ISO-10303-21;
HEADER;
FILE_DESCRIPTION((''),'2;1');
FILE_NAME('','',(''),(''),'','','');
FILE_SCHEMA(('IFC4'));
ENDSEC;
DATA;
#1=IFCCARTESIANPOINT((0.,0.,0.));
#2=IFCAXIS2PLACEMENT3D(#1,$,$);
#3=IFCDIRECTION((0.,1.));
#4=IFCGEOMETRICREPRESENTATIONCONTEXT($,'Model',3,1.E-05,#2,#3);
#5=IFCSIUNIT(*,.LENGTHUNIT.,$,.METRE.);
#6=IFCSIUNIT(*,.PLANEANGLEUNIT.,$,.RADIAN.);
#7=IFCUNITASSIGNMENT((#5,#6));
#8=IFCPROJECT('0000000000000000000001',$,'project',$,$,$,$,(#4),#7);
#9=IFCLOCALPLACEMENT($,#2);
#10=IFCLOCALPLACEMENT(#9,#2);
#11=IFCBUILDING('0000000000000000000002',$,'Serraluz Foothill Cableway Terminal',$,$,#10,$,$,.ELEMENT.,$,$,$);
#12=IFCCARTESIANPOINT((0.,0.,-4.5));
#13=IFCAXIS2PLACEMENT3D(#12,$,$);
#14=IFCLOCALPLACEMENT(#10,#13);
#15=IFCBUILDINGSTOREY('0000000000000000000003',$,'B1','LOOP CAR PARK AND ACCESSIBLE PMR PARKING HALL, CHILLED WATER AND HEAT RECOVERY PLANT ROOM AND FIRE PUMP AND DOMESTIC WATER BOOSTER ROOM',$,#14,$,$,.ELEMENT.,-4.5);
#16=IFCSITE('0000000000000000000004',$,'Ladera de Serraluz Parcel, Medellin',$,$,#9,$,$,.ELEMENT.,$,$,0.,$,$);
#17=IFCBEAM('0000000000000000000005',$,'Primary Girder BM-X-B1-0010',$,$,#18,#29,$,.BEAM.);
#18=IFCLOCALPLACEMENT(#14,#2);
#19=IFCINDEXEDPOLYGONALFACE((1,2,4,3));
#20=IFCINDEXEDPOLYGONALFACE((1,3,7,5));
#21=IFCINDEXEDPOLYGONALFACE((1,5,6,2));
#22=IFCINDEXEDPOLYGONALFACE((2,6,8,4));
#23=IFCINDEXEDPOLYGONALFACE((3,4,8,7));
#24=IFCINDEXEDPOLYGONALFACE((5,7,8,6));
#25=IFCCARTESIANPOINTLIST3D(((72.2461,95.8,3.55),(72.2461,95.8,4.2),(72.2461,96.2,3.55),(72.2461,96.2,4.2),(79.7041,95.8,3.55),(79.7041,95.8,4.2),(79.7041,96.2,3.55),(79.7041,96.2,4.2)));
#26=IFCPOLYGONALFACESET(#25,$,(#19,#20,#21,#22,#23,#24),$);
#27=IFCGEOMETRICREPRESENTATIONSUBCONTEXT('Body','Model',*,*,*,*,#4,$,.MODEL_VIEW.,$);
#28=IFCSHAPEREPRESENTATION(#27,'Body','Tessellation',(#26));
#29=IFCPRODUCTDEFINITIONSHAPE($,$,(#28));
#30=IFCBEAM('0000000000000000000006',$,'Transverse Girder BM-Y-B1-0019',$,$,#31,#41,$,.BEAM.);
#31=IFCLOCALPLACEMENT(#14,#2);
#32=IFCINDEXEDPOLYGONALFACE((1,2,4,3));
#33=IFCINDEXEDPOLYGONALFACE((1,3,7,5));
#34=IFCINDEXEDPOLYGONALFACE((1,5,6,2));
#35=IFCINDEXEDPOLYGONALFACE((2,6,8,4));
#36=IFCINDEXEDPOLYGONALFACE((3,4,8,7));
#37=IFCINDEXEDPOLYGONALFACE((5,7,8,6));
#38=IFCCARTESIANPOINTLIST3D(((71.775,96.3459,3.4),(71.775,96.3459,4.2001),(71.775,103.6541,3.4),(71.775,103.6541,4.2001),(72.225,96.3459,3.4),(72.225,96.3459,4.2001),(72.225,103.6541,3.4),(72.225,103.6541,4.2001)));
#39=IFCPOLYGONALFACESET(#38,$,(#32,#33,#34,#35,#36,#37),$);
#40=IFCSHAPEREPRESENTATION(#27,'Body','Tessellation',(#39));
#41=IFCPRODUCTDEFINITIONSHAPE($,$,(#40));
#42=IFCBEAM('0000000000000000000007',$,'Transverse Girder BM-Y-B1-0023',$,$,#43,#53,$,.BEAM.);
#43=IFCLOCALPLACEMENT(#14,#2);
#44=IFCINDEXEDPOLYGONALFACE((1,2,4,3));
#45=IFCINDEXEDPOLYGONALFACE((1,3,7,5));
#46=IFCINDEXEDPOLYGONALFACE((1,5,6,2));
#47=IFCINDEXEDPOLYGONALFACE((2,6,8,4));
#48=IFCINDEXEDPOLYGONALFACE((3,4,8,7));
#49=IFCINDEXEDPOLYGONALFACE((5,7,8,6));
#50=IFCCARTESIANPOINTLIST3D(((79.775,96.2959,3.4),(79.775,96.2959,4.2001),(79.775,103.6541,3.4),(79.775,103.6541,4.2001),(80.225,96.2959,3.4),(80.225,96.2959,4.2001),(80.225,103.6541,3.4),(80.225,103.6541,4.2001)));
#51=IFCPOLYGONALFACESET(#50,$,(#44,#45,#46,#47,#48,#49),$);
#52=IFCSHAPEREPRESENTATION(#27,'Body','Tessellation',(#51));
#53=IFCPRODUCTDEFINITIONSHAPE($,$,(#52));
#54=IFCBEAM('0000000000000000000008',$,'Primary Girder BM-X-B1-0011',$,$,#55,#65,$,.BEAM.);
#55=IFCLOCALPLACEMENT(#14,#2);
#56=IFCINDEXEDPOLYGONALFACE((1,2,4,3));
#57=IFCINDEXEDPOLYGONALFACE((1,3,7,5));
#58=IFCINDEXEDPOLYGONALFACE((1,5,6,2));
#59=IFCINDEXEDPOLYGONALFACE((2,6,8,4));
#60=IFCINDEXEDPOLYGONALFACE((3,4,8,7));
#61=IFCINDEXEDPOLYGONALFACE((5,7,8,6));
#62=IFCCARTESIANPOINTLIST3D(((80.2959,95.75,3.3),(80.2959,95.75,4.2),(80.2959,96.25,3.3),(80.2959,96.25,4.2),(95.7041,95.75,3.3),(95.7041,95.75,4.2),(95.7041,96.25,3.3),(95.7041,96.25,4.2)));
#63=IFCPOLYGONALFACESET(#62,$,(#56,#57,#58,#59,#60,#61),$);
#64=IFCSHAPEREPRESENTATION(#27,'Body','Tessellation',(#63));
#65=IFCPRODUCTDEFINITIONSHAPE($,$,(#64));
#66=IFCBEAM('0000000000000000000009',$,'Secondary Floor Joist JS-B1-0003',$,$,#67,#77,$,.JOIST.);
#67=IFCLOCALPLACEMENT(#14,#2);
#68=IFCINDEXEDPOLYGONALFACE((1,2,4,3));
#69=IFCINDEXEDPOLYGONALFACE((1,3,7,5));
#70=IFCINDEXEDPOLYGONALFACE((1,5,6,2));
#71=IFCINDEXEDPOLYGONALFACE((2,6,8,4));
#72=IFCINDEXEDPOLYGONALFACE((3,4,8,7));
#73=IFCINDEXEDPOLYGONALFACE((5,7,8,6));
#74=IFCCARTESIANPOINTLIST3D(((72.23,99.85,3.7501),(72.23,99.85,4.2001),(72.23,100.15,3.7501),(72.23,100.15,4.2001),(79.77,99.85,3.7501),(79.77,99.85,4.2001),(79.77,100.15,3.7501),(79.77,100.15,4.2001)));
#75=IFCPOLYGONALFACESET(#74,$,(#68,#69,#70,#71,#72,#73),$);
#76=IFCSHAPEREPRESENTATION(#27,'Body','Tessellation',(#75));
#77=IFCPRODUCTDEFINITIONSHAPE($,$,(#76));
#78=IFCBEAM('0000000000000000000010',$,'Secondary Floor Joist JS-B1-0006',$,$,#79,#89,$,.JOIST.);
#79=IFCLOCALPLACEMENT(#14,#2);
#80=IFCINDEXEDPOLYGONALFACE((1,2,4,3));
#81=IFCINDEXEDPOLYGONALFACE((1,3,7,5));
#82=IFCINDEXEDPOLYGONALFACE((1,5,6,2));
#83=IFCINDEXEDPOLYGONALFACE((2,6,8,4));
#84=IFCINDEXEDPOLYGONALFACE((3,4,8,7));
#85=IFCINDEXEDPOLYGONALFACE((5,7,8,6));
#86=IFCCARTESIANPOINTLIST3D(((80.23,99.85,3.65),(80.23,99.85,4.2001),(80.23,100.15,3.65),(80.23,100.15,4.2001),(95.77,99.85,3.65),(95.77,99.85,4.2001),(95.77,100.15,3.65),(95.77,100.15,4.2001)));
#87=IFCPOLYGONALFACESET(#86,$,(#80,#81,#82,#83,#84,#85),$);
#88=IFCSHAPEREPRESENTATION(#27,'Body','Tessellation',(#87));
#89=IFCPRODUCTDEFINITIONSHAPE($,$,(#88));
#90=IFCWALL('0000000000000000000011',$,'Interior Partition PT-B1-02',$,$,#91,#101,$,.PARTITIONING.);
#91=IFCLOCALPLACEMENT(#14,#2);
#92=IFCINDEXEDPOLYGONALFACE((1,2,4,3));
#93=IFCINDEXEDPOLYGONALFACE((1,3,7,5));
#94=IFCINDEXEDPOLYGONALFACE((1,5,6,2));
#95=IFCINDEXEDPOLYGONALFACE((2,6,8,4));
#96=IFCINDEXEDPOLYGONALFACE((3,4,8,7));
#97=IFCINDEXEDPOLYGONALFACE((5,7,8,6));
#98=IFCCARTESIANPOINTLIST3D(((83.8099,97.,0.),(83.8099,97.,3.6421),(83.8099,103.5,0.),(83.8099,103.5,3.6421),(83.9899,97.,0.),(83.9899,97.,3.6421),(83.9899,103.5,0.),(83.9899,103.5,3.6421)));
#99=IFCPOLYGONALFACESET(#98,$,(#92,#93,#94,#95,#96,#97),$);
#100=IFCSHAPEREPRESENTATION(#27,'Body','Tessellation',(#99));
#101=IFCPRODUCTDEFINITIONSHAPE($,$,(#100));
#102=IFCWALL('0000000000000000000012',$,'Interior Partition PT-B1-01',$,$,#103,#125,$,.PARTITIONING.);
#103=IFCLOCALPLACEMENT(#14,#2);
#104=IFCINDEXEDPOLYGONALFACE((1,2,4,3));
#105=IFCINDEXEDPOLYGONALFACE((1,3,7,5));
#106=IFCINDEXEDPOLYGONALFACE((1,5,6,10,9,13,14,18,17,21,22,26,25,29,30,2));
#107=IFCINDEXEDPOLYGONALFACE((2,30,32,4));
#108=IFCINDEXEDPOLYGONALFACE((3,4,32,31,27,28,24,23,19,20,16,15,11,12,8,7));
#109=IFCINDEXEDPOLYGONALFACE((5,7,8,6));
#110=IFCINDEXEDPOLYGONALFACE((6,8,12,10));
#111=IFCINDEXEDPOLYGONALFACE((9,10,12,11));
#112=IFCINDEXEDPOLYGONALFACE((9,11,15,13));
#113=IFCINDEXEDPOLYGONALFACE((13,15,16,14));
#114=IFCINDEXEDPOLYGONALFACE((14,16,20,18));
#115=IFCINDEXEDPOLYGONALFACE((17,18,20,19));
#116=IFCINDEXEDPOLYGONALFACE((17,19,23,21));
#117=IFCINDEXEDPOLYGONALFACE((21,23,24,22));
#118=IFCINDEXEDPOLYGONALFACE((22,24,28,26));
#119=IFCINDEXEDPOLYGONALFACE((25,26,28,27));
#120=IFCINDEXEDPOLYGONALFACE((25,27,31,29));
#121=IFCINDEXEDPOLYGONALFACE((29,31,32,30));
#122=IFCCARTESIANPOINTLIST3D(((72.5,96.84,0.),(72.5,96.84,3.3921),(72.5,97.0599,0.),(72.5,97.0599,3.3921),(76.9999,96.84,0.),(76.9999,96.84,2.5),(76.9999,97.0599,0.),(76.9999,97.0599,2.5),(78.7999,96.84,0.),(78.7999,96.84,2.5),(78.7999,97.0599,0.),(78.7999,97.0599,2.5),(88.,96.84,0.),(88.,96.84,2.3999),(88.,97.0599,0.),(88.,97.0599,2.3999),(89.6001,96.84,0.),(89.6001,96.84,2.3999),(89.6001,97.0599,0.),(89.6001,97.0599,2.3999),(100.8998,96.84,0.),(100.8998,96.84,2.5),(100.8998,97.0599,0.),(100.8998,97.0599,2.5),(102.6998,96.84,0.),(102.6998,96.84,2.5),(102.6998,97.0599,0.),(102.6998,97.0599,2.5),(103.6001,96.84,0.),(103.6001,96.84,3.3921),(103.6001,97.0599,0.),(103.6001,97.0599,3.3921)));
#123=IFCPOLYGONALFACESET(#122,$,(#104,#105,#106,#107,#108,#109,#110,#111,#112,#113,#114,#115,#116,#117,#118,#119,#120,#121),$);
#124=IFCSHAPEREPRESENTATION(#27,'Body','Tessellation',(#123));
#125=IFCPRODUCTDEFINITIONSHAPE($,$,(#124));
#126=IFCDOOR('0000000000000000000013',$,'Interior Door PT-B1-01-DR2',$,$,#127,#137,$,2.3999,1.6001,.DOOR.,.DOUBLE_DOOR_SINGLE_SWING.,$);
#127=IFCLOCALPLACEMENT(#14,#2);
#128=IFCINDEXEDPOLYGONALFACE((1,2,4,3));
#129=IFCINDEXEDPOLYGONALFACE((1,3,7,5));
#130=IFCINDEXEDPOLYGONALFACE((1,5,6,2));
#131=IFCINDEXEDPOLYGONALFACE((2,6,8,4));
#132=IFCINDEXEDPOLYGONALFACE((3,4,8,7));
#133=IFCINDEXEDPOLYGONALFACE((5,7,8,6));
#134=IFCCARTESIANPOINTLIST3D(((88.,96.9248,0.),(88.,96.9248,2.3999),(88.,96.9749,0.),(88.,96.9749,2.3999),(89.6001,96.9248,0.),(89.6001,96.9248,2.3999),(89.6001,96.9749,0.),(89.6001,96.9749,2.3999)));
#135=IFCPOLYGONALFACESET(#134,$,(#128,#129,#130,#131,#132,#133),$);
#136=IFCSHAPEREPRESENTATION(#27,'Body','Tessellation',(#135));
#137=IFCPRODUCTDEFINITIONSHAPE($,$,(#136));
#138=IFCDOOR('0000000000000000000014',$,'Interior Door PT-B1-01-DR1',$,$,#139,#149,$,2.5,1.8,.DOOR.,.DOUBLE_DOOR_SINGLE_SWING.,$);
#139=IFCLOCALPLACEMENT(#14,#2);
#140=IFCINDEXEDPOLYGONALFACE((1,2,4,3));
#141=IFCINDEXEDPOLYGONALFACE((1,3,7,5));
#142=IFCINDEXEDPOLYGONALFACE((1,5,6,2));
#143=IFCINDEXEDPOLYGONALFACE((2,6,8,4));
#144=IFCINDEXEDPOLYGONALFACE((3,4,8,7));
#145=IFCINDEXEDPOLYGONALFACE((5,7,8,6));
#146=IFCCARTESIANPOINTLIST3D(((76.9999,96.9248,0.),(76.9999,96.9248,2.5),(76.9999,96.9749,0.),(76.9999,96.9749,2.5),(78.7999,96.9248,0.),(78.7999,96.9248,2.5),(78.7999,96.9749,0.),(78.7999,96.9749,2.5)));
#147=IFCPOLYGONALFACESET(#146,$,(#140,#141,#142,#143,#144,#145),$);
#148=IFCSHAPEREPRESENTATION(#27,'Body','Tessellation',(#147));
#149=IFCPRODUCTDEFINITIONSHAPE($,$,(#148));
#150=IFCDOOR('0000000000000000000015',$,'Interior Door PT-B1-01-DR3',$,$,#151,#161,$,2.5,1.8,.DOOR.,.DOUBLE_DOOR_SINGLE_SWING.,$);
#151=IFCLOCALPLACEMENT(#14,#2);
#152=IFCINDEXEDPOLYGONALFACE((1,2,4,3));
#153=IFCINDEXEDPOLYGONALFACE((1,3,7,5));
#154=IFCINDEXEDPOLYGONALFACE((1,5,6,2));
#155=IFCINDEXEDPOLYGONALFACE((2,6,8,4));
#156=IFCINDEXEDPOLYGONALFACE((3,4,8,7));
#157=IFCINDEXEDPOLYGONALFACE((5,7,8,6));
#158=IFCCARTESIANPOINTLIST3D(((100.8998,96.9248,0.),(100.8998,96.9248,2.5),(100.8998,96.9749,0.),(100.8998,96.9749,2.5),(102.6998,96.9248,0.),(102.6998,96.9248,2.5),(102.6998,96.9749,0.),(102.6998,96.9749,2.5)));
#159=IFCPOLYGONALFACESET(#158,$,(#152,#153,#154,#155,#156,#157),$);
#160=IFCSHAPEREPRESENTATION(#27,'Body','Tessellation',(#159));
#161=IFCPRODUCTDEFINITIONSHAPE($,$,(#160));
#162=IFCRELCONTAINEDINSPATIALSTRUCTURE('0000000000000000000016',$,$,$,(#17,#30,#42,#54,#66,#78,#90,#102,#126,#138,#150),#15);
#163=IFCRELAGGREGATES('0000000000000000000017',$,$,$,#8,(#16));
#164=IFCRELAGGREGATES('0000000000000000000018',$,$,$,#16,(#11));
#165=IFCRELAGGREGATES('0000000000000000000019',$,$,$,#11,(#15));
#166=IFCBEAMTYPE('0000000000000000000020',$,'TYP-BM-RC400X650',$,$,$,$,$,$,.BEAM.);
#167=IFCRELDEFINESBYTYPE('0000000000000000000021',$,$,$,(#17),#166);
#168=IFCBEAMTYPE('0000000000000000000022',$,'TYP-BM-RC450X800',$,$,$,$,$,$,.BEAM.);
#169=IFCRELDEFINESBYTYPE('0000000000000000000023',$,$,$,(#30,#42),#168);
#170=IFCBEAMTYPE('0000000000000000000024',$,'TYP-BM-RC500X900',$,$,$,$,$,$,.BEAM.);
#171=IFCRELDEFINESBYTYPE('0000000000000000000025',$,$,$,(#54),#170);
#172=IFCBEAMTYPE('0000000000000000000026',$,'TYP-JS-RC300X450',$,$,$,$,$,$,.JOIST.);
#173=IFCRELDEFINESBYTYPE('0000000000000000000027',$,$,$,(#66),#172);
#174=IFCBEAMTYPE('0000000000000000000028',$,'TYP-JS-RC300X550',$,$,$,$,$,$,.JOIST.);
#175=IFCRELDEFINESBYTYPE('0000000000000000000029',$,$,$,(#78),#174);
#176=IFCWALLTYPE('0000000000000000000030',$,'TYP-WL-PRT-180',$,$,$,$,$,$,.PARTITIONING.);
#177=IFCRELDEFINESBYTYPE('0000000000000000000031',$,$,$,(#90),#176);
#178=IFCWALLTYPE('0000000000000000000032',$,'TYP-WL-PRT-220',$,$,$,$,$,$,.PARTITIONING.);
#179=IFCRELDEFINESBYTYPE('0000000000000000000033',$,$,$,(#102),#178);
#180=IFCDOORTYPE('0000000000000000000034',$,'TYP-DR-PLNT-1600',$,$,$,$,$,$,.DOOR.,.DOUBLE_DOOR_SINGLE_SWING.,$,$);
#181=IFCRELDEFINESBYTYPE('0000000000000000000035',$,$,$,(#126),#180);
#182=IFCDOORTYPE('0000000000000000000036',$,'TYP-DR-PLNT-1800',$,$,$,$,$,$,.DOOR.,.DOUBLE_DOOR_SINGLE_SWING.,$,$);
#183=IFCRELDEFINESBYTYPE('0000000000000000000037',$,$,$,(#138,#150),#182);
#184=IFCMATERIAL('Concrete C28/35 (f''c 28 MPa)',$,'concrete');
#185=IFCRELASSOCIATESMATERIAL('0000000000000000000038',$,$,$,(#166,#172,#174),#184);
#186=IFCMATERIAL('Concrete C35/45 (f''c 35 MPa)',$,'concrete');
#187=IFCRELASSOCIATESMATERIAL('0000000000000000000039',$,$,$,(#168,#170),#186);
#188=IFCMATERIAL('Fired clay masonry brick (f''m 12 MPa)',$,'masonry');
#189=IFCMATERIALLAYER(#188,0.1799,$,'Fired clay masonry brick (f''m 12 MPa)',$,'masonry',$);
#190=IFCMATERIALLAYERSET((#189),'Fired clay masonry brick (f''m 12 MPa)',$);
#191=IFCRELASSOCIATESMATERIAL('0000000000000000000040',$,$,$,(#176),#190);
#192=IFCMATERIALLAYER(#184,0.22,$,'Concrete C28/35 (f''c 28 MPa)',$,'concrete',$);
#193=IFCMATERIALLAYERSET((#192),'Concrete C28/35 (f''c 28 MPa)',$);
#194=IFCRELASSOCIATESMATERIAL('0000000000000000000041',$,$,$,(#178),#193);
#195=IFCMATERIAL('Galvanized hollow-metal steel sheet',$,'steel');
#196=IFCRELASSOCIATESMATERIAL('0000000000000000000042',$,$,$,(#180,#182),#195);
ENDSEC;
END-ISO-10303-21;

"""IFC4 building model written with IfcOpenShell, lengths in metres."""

from ifc_helpers import new_model, si_unit, direction, frame, frame_2d, origin, origin_2d, place, context, subcontext, project, spatial, rectangle, extrude, material, layer, layer_set, material_profile, profile_set, type_object, element, fill, save


model = new_model("IFC4")

# Units and contexts
model_context = context("Model", 3, precision=1e-05, world=origin(), true_north=direction((0.0, 1.0)))
body_context = subcontext(model_context, "Body", "Model", "MODEL_VIEW")
ifc_project = project(units=[si_unit("LENGTHUNIT", "METRE"), si_unit("PLANEANGLEUNIT", "RADIAN")], contexts=[model_context])

# Site, building, storey
site_placement = place(None, origin())
site = spatial("IfcSite", under=ifc_project, at=site_placement, Name="Ladera de Serraluz Parcel, Medellin", CompositionType="ELEMENT", RefElevation=0.0)
building_placement = place(site_placement, origin())
building = spatial("IfcBuilding", under=site, at=building_placement, Name="Serraluz Foothill Cableway Terminal", CompositionType="ELEMENT")
storey_placement = place(building_placement, frame((0.0, 0.0, -4.5)))
storey = spatial("IfcBuildingStorey", under=building, at=storey_placement, Name="B1", Description="LOOP CAR PARK AND ACCESSIBLE PMR PARKING HALL, CHILLED WATER AND HEAT RECOVERY PLANT ROOM AND FIRE PUMP AND DOMESTIC WATER BOOSTER ROOM", CompositionType="ELEMENT", Elevation=-4.5)

# Shared definitions
ifc_material_1 = material(Name="Concrete C35/45 (f'c 35 MPa)", Category="concrete")

# Shared definitions
ifc_material_2 = material(Name="Concrete C28/35 (f'c 28 MPa)", Category="concrete")

# Beams
ifc_material_profile_1 = material_profile(ifc_material_2, rectangle(XDim=0.3999, YDim=0.6499, at=origin_2d()), Name="RC 400x650")
ifc_profile_set_1 = profile_set([ifc_material_profile_1], Name="Concrete C28/35 (f'c 28 MPa)")
beam_type_1 = type_object("IfcBeamType", Name="TYP-BM-RC400X650", PredefinedType="BEAM", material=ifc_profile_set_1)
beam_1_placement = place(storey_placement, frame((72.2461, 96.0, 3.875), z_axis=(1.0, 0.0, 0.0), x_axis=(0.0, 1.0, 0.0)))
element("IfcBeam", 1, at=beam_1_placement, inside=storey, type_object=beam_type_1, Name="Primary Girder BM-X-B1-0010", PredefinedType="BEAM", context=body_context, shape_type="SweptSolid", body=[
    extrude(rectangle(XDim=0.3999, YDim=0.6499, at=origin_2d()), origin(), (0.0, 0.0, 1.0), 7.458),
])
ifc_material_profile_2 = material_profile(ifc_material_1, rectangle(XDim=0.45, YDim=0.8, at=origin_2d()), Name="RC 450x800")
ifc_profile_set_2 = profile_set([ifc_material_profile_2], Name="Concrete C35/45 (f'c 35 MPa)")
beam_type_2 = type_object("IfcBeamType", Name="TYP-BM-RC450X800", PredefinedType="BEAM", material=ifc_profile_set_2)
beam_2_placement = place(storey_placement, frame((72.0, 96.3459, 3.8), z_axis=(0.0, 1.0, 0.0), x_axis=(-1.0, 0.0, 0.0)))
element("IfcBeam", 2, at=beam_2_placement, inside=storey, type_object=beam_type_2, Name="Transverse Girder BM-Y-B1-0019", PredefinedType="BEAM", context=body_context, shape_type="SweptSolid", body=[
    extrude(rectangle(XDim=0.45, YDim=0.8, at=origin_2d()), origin(), (0.0, 0.0, 1.0), 7.3081),
])
beam_3_placement = place(storey_placement, frame((80.0, 96.2959, 3.8), z_axis=(0.0, 1.0, 0.0), x_axis=(-1.0, 0.0, 0.0)))
element("IfcBeam", 3, at=beam_3_placement, inside=storey, type_object=beam_type_2, Name="Transverse Girder BM-Y-B1-0023", PredefinedType="BEAM", context=body_context, shape_type="SweptSolid", body=[
    extrude(rectangle(XDim=0.45, YDim=0.8, at=origin_2d()), origin(), (0.0, 0.0, 1.0), 7.3582),
])
ifc_material_profile_3 = material_profile(ifc_material_1, rectangle(XDim=0.5, YDim=0.8999, at=origin_2d()), Name="RC 500x900")
ifc_profile_set_3 = profile_set([ifc_material_profile_3], Name="Concrete C35/45 (f'c 35 MPa)")
beam_type_3 = type_object("IfcBeamType", Name="TYP-BM-RC500X900", PredefinedType="BEAM", material=ifc_profile_set_3)
beam_4_placement = place(storey_placement, frame((80.2959, 96.0, 3.75), z_axis=(1.0, 0.0, 0.0), x_axis=(0.0, 1.0, 0.0)))
element("IfcBeam", 4, at=beam_4_placement, inside=storey, type_object=beam_type_3, Name="Primary Girder BM-X-B1-0011", PredefinedType="BEAM", context=body_context, shape_type="SweptSolid", body=[
    extrude(rectangle(XDim=0.5, YDim=0.8999, at=origin_2d()), origin(), (0.0, 0.0, 1.0), 15.4082),
])
ifc_material_profile_4 = material_profile(ifc_material_2, rectangle(XDim=0.3, YDim=0.45, at=origin_2d()), Name="RC 300x450")
ifc_profile_set_4 = profile_set([ifc_material_profile_4], Name="Concrete C28/35 (f'c 28 MPa)")
beam_type_4 = type_object("IfcBeamType", Name="TYP-JS-RC300X450", PredefinedType="JOIST", material=ifc_profile_set_4)
beam_5_placement = place(storey_placement, frame((72.23, 100.0, 3.9751), z_axis=(1.0, 0.0, 0.0), x_axis=(0.0, 1.0, 0.0)))
element("IfcBeam", 5, at=beam_5_placement, inside=storey, type_object=beam_type_4, Name="Secondary Floor Joist JS-B1-0003", PredefinedType="JOIST", context=body_context, shape_type="SweptSolid", body=[
    extrude(rectangle(XDim=0.3, YDim=0.45, at=origin_2d()), origin(), (0.0, 0.0, 1.0), 7.54),
])
ifc_material_profile_5 = material_profile(ifc_material_2, rectangle(XDim=0.3, YDim=0.55, at=origin_2d()), Name="RC 300x550")
ifc_profile_set_5 = profile_set([ifc_material_profile_5], Name="Concrete C28/35 (f'c 28 MPa)")
beam_type_5 = type_object("IfcBeamType", Name="TYP-JS-RC300X550", PredefinedType="JOIST", material=ifc_profile_set_5)
beam_6_placement = place(storey_placement, frame((80.23, 100.0, 3.925), z_axis=(1.0, 0.0, 0.0), x_axis=(0.0, 1.0, 0.0)))
element("IfcBeam", 6, at=beam_6_placement, inside=storey, type_object=beam_type_5, Name="Secondary Floor Joist JS-B1-0006", PredefinedType="JOIST", context=body_context, shape_type="SweptSolid", body=[
    extrude(rectangle(XDim=0.3, YDim=0.55, at=origin_2d()), origin(), (0.0, 0.0, 1.0), 15.54),
])

# Wall
ifc_material_3 = material(Name="Fired clay masonry brick (f'm 12 MPa)", Category="masonry")
ifc_layer_1 = layer(ifc_material_3, 0.1799, Name="Fired clay masonry brick (f'm 12 MPa)", Category="masonry")
ifc_layer_set_1 = layer_set([ifc_layer_1], Name="Fired clay masonry brick (f'm 12 MPa)")
wall_type_1 = type_object("IfcWallType", Name="TYP-WL-PRT-180", PredefinedType="PARTITIONING", material=ifc_layer_set_1)
wall_1_placement = place(storey_placement, frame((83.8999, 97.0, 0.0), z_axis=(0.0, 0.0, 1.0), x_axis=(0.0, 1.0, 0.0)))
element("IfcWall", 7, at=wall_1_placement, inside=storey, type_object=wall_type_1, Name="Interior Partition PT-B1-02", PredefinedType="PARTITIONING", context=body_context, shape_type="SweptSolid", body=[
    extrude(rectangle(XDim=6.5, YDim=0.1799, at=frame_2d((3.25, 0.0))), origin(), (0.0, 0.0, 1.0), 3.6421),
])

# Wall, openings, doors
ifc_layer_2 = layer(ifc_material_2, 0.22, Name="Concrete C28/35 (f'c 28 MPa)", Category="concrete")
ifc_layer_set_2 = layer_set([ifc_layer_2], Name="Concrete C28/35 (f'c 28 MPa)")
wall_type_2 = type_object("IfcWallType", Name="TYP-WL-PRT-220", PredefinedType="PARTITIONING", material=ifc_layer_set_2)
wall_2_placement = place(storey_placement, frame((72.5, 96.95, 0.0), z_axis=(0.0, 0.0, 1.0), x_axis=(1.0, 0.0, 0.0)))
wall_2 = element("IfcWall", 8, at=wall_2_placement, inside=storey, type_object=wall_type_2, Name="Interior Partition PT-B1-01", PredefinedType="PARTITIONING", context=body_context, shape_type="SweptSolid", body=[
    extrude(rectangle(XDim=31.1001, YDim=0.22, at=frame_2d((15.55, 0.0))), origin(), (0.0, 0.0, 1.0), 3.3921),
])
opening_1_placement = place(wall_2_placement, frame((4.5, 0.0, 0.0)))
opening_1 = element("IfcOpeningElement", 9, at=opening_1_placement, cuts=wall_2, PredefinedType="OPENING", context=body_context, shape_type="SweptSolid", body=[
    extrude(rectangle(XDim=1.8, YDim=2.5, at=frame_2d((0.8999, 1.25))), frame((0.0, 0.1201, 0.0), z_axis=(0.0, -1.0, 0.0), x_axis=(1.0, 0.0, 0.0)), (0.0, 0.0, 1.0), 0.24),
])
opening_2_placement = place(wall_2_placement, frame((15.5, 0.0, 0.0)))
opening_2 = element("IfcOpeningElement", 10, at=opening_2_placement, cuts=wall_2, PredefinedType="OPENING", context=body_context, shape_type="SweptSolid", body=[
    extrude(rectangle(XDim=1.6001, YDim=2.3999, at=frame_2d((0.8, 1.2))), frame((0.0, 0.1201, 0.0), z_axis=(0.0, -1.0, 0.0), x_axis=(1.0, 0.0, 0.0)), (0.0, 0.0, 1.0), 0.24),
])
opening_3_placement = place(wall_2_placement, frame((28.3999, 0.0, 0.0)))
opening_3 = element("IfcOpeningElement", 11, at=opening_3_placement, cuts=wall_2, PredefinedType="OPENING", context=body_context, shape_type="SweptSolid", body=[
    extrude(rectangle(XDim=1.8, YDim=2.5, at=frame_2d((0.8999, 1.25))), frame((0.0, 0.1201, 0.0), z_axis=(0.0, -1.0, 0.0), x_axis=(1.0, 0.0, 0.0)), (0.0, 0.0, 1.0), 0.24),
])
ifc_material_4 = material(Name="Galvanized hollow-metal steel sheet", Category="steel")
door_type_1 = type_object("IfcDoorType", Name="TYP-DR-PLNT-1600", OperationType="DOUBLE_DOOR_SINGLE_SWING", PredefinedType="DOOR", material=ifc_material_4)
door_1_placement = place(opening_2_placement, origin())
door_1 = element("IfcDoor", 12, at=door_1_placement, inside=storey, type_object=door_type_1, Name="Interior Door PT-B1-01-DR2", OperationType="DOUBLE_DOOR_SINGLE_SWING", OverallHeight=2.3999, OverallWidth=1.6001, PredefinedType="DOOR", context=body_context, shape_type="SweptSolid", body=[
    extrude(rectangle(XDim=1.6001, YDim=2.3999, at=frame_2d((0.8, 1.2))), frame((0.0, 0.0249, 0.0), z_axis=(0.0, -1.0, 0.0), x_axis=(1.0, 0.0, 0.0)), (0.0, 0.0, 1.0), 0.05),
])
fill(opening_2, door_1)
door_type_2 = type_object("IfcDoorType", Name="TYP-DR-PLNT-1800", OperationType="DOUBLE_DOOR_SINGLE_SWING", PredefinedType="DOOR", material=ifc_material_4)
door_2_placement = place(opening_1_placement, origin())
door_2 = element("IfcDoor", 13, at=door_2_placement, inside=storey, type_object=door_type_2, Name="Interior Door PT-B1-01-DR1", OperationType="DOUBLE_DOOR_SINGLE_SWING", OverallHeight=2.5, OverallWidth=1.8, PredefinedType="DOOR", context=body_context, shape_type="SweptSolid", body=[
    extrude(rectangle(XDim=1.8, YDim=2.5, at=frame_2d((0.8999, 1.25))), frame((0.0, 0.0249, 0.0), z_axis=(0.0, -1.0, 0.0), x_axis=(1.0, 0.0, 0.0)), (0.0, 0.0, 1.0), 0.05),
])
fill(opening_1, door_2)
door_3_placement = place(opening_3_placement, origin())
door_3 = element("IfcDoor", 14, at=door_3_placement, inside=storey, type_object=door_type_2, Name="Interior Door PT-B1-01-DR3", OperationType="DOUBLE_DOOR_SINGLE_SWING", OverallHeight=2.5, OverallWidth=1.8, PredefinedType="DOOR", context=body_context, shape_type="SweptSolid", body=[
    extrude(rectangle(XDim=1.8, YDim=2.5, at=frame_2d((0.8999, 1.25))), frame((0.0, 0.0249, 0.0), z_axis=(0.0, -1.0, 0.0), x_axis=(1.0, 0.0, 0.0)), (0.0, 0.0, 1.0), 0.05),
])
fill(opening_3, door_3)

save(model, "model.ifc")
